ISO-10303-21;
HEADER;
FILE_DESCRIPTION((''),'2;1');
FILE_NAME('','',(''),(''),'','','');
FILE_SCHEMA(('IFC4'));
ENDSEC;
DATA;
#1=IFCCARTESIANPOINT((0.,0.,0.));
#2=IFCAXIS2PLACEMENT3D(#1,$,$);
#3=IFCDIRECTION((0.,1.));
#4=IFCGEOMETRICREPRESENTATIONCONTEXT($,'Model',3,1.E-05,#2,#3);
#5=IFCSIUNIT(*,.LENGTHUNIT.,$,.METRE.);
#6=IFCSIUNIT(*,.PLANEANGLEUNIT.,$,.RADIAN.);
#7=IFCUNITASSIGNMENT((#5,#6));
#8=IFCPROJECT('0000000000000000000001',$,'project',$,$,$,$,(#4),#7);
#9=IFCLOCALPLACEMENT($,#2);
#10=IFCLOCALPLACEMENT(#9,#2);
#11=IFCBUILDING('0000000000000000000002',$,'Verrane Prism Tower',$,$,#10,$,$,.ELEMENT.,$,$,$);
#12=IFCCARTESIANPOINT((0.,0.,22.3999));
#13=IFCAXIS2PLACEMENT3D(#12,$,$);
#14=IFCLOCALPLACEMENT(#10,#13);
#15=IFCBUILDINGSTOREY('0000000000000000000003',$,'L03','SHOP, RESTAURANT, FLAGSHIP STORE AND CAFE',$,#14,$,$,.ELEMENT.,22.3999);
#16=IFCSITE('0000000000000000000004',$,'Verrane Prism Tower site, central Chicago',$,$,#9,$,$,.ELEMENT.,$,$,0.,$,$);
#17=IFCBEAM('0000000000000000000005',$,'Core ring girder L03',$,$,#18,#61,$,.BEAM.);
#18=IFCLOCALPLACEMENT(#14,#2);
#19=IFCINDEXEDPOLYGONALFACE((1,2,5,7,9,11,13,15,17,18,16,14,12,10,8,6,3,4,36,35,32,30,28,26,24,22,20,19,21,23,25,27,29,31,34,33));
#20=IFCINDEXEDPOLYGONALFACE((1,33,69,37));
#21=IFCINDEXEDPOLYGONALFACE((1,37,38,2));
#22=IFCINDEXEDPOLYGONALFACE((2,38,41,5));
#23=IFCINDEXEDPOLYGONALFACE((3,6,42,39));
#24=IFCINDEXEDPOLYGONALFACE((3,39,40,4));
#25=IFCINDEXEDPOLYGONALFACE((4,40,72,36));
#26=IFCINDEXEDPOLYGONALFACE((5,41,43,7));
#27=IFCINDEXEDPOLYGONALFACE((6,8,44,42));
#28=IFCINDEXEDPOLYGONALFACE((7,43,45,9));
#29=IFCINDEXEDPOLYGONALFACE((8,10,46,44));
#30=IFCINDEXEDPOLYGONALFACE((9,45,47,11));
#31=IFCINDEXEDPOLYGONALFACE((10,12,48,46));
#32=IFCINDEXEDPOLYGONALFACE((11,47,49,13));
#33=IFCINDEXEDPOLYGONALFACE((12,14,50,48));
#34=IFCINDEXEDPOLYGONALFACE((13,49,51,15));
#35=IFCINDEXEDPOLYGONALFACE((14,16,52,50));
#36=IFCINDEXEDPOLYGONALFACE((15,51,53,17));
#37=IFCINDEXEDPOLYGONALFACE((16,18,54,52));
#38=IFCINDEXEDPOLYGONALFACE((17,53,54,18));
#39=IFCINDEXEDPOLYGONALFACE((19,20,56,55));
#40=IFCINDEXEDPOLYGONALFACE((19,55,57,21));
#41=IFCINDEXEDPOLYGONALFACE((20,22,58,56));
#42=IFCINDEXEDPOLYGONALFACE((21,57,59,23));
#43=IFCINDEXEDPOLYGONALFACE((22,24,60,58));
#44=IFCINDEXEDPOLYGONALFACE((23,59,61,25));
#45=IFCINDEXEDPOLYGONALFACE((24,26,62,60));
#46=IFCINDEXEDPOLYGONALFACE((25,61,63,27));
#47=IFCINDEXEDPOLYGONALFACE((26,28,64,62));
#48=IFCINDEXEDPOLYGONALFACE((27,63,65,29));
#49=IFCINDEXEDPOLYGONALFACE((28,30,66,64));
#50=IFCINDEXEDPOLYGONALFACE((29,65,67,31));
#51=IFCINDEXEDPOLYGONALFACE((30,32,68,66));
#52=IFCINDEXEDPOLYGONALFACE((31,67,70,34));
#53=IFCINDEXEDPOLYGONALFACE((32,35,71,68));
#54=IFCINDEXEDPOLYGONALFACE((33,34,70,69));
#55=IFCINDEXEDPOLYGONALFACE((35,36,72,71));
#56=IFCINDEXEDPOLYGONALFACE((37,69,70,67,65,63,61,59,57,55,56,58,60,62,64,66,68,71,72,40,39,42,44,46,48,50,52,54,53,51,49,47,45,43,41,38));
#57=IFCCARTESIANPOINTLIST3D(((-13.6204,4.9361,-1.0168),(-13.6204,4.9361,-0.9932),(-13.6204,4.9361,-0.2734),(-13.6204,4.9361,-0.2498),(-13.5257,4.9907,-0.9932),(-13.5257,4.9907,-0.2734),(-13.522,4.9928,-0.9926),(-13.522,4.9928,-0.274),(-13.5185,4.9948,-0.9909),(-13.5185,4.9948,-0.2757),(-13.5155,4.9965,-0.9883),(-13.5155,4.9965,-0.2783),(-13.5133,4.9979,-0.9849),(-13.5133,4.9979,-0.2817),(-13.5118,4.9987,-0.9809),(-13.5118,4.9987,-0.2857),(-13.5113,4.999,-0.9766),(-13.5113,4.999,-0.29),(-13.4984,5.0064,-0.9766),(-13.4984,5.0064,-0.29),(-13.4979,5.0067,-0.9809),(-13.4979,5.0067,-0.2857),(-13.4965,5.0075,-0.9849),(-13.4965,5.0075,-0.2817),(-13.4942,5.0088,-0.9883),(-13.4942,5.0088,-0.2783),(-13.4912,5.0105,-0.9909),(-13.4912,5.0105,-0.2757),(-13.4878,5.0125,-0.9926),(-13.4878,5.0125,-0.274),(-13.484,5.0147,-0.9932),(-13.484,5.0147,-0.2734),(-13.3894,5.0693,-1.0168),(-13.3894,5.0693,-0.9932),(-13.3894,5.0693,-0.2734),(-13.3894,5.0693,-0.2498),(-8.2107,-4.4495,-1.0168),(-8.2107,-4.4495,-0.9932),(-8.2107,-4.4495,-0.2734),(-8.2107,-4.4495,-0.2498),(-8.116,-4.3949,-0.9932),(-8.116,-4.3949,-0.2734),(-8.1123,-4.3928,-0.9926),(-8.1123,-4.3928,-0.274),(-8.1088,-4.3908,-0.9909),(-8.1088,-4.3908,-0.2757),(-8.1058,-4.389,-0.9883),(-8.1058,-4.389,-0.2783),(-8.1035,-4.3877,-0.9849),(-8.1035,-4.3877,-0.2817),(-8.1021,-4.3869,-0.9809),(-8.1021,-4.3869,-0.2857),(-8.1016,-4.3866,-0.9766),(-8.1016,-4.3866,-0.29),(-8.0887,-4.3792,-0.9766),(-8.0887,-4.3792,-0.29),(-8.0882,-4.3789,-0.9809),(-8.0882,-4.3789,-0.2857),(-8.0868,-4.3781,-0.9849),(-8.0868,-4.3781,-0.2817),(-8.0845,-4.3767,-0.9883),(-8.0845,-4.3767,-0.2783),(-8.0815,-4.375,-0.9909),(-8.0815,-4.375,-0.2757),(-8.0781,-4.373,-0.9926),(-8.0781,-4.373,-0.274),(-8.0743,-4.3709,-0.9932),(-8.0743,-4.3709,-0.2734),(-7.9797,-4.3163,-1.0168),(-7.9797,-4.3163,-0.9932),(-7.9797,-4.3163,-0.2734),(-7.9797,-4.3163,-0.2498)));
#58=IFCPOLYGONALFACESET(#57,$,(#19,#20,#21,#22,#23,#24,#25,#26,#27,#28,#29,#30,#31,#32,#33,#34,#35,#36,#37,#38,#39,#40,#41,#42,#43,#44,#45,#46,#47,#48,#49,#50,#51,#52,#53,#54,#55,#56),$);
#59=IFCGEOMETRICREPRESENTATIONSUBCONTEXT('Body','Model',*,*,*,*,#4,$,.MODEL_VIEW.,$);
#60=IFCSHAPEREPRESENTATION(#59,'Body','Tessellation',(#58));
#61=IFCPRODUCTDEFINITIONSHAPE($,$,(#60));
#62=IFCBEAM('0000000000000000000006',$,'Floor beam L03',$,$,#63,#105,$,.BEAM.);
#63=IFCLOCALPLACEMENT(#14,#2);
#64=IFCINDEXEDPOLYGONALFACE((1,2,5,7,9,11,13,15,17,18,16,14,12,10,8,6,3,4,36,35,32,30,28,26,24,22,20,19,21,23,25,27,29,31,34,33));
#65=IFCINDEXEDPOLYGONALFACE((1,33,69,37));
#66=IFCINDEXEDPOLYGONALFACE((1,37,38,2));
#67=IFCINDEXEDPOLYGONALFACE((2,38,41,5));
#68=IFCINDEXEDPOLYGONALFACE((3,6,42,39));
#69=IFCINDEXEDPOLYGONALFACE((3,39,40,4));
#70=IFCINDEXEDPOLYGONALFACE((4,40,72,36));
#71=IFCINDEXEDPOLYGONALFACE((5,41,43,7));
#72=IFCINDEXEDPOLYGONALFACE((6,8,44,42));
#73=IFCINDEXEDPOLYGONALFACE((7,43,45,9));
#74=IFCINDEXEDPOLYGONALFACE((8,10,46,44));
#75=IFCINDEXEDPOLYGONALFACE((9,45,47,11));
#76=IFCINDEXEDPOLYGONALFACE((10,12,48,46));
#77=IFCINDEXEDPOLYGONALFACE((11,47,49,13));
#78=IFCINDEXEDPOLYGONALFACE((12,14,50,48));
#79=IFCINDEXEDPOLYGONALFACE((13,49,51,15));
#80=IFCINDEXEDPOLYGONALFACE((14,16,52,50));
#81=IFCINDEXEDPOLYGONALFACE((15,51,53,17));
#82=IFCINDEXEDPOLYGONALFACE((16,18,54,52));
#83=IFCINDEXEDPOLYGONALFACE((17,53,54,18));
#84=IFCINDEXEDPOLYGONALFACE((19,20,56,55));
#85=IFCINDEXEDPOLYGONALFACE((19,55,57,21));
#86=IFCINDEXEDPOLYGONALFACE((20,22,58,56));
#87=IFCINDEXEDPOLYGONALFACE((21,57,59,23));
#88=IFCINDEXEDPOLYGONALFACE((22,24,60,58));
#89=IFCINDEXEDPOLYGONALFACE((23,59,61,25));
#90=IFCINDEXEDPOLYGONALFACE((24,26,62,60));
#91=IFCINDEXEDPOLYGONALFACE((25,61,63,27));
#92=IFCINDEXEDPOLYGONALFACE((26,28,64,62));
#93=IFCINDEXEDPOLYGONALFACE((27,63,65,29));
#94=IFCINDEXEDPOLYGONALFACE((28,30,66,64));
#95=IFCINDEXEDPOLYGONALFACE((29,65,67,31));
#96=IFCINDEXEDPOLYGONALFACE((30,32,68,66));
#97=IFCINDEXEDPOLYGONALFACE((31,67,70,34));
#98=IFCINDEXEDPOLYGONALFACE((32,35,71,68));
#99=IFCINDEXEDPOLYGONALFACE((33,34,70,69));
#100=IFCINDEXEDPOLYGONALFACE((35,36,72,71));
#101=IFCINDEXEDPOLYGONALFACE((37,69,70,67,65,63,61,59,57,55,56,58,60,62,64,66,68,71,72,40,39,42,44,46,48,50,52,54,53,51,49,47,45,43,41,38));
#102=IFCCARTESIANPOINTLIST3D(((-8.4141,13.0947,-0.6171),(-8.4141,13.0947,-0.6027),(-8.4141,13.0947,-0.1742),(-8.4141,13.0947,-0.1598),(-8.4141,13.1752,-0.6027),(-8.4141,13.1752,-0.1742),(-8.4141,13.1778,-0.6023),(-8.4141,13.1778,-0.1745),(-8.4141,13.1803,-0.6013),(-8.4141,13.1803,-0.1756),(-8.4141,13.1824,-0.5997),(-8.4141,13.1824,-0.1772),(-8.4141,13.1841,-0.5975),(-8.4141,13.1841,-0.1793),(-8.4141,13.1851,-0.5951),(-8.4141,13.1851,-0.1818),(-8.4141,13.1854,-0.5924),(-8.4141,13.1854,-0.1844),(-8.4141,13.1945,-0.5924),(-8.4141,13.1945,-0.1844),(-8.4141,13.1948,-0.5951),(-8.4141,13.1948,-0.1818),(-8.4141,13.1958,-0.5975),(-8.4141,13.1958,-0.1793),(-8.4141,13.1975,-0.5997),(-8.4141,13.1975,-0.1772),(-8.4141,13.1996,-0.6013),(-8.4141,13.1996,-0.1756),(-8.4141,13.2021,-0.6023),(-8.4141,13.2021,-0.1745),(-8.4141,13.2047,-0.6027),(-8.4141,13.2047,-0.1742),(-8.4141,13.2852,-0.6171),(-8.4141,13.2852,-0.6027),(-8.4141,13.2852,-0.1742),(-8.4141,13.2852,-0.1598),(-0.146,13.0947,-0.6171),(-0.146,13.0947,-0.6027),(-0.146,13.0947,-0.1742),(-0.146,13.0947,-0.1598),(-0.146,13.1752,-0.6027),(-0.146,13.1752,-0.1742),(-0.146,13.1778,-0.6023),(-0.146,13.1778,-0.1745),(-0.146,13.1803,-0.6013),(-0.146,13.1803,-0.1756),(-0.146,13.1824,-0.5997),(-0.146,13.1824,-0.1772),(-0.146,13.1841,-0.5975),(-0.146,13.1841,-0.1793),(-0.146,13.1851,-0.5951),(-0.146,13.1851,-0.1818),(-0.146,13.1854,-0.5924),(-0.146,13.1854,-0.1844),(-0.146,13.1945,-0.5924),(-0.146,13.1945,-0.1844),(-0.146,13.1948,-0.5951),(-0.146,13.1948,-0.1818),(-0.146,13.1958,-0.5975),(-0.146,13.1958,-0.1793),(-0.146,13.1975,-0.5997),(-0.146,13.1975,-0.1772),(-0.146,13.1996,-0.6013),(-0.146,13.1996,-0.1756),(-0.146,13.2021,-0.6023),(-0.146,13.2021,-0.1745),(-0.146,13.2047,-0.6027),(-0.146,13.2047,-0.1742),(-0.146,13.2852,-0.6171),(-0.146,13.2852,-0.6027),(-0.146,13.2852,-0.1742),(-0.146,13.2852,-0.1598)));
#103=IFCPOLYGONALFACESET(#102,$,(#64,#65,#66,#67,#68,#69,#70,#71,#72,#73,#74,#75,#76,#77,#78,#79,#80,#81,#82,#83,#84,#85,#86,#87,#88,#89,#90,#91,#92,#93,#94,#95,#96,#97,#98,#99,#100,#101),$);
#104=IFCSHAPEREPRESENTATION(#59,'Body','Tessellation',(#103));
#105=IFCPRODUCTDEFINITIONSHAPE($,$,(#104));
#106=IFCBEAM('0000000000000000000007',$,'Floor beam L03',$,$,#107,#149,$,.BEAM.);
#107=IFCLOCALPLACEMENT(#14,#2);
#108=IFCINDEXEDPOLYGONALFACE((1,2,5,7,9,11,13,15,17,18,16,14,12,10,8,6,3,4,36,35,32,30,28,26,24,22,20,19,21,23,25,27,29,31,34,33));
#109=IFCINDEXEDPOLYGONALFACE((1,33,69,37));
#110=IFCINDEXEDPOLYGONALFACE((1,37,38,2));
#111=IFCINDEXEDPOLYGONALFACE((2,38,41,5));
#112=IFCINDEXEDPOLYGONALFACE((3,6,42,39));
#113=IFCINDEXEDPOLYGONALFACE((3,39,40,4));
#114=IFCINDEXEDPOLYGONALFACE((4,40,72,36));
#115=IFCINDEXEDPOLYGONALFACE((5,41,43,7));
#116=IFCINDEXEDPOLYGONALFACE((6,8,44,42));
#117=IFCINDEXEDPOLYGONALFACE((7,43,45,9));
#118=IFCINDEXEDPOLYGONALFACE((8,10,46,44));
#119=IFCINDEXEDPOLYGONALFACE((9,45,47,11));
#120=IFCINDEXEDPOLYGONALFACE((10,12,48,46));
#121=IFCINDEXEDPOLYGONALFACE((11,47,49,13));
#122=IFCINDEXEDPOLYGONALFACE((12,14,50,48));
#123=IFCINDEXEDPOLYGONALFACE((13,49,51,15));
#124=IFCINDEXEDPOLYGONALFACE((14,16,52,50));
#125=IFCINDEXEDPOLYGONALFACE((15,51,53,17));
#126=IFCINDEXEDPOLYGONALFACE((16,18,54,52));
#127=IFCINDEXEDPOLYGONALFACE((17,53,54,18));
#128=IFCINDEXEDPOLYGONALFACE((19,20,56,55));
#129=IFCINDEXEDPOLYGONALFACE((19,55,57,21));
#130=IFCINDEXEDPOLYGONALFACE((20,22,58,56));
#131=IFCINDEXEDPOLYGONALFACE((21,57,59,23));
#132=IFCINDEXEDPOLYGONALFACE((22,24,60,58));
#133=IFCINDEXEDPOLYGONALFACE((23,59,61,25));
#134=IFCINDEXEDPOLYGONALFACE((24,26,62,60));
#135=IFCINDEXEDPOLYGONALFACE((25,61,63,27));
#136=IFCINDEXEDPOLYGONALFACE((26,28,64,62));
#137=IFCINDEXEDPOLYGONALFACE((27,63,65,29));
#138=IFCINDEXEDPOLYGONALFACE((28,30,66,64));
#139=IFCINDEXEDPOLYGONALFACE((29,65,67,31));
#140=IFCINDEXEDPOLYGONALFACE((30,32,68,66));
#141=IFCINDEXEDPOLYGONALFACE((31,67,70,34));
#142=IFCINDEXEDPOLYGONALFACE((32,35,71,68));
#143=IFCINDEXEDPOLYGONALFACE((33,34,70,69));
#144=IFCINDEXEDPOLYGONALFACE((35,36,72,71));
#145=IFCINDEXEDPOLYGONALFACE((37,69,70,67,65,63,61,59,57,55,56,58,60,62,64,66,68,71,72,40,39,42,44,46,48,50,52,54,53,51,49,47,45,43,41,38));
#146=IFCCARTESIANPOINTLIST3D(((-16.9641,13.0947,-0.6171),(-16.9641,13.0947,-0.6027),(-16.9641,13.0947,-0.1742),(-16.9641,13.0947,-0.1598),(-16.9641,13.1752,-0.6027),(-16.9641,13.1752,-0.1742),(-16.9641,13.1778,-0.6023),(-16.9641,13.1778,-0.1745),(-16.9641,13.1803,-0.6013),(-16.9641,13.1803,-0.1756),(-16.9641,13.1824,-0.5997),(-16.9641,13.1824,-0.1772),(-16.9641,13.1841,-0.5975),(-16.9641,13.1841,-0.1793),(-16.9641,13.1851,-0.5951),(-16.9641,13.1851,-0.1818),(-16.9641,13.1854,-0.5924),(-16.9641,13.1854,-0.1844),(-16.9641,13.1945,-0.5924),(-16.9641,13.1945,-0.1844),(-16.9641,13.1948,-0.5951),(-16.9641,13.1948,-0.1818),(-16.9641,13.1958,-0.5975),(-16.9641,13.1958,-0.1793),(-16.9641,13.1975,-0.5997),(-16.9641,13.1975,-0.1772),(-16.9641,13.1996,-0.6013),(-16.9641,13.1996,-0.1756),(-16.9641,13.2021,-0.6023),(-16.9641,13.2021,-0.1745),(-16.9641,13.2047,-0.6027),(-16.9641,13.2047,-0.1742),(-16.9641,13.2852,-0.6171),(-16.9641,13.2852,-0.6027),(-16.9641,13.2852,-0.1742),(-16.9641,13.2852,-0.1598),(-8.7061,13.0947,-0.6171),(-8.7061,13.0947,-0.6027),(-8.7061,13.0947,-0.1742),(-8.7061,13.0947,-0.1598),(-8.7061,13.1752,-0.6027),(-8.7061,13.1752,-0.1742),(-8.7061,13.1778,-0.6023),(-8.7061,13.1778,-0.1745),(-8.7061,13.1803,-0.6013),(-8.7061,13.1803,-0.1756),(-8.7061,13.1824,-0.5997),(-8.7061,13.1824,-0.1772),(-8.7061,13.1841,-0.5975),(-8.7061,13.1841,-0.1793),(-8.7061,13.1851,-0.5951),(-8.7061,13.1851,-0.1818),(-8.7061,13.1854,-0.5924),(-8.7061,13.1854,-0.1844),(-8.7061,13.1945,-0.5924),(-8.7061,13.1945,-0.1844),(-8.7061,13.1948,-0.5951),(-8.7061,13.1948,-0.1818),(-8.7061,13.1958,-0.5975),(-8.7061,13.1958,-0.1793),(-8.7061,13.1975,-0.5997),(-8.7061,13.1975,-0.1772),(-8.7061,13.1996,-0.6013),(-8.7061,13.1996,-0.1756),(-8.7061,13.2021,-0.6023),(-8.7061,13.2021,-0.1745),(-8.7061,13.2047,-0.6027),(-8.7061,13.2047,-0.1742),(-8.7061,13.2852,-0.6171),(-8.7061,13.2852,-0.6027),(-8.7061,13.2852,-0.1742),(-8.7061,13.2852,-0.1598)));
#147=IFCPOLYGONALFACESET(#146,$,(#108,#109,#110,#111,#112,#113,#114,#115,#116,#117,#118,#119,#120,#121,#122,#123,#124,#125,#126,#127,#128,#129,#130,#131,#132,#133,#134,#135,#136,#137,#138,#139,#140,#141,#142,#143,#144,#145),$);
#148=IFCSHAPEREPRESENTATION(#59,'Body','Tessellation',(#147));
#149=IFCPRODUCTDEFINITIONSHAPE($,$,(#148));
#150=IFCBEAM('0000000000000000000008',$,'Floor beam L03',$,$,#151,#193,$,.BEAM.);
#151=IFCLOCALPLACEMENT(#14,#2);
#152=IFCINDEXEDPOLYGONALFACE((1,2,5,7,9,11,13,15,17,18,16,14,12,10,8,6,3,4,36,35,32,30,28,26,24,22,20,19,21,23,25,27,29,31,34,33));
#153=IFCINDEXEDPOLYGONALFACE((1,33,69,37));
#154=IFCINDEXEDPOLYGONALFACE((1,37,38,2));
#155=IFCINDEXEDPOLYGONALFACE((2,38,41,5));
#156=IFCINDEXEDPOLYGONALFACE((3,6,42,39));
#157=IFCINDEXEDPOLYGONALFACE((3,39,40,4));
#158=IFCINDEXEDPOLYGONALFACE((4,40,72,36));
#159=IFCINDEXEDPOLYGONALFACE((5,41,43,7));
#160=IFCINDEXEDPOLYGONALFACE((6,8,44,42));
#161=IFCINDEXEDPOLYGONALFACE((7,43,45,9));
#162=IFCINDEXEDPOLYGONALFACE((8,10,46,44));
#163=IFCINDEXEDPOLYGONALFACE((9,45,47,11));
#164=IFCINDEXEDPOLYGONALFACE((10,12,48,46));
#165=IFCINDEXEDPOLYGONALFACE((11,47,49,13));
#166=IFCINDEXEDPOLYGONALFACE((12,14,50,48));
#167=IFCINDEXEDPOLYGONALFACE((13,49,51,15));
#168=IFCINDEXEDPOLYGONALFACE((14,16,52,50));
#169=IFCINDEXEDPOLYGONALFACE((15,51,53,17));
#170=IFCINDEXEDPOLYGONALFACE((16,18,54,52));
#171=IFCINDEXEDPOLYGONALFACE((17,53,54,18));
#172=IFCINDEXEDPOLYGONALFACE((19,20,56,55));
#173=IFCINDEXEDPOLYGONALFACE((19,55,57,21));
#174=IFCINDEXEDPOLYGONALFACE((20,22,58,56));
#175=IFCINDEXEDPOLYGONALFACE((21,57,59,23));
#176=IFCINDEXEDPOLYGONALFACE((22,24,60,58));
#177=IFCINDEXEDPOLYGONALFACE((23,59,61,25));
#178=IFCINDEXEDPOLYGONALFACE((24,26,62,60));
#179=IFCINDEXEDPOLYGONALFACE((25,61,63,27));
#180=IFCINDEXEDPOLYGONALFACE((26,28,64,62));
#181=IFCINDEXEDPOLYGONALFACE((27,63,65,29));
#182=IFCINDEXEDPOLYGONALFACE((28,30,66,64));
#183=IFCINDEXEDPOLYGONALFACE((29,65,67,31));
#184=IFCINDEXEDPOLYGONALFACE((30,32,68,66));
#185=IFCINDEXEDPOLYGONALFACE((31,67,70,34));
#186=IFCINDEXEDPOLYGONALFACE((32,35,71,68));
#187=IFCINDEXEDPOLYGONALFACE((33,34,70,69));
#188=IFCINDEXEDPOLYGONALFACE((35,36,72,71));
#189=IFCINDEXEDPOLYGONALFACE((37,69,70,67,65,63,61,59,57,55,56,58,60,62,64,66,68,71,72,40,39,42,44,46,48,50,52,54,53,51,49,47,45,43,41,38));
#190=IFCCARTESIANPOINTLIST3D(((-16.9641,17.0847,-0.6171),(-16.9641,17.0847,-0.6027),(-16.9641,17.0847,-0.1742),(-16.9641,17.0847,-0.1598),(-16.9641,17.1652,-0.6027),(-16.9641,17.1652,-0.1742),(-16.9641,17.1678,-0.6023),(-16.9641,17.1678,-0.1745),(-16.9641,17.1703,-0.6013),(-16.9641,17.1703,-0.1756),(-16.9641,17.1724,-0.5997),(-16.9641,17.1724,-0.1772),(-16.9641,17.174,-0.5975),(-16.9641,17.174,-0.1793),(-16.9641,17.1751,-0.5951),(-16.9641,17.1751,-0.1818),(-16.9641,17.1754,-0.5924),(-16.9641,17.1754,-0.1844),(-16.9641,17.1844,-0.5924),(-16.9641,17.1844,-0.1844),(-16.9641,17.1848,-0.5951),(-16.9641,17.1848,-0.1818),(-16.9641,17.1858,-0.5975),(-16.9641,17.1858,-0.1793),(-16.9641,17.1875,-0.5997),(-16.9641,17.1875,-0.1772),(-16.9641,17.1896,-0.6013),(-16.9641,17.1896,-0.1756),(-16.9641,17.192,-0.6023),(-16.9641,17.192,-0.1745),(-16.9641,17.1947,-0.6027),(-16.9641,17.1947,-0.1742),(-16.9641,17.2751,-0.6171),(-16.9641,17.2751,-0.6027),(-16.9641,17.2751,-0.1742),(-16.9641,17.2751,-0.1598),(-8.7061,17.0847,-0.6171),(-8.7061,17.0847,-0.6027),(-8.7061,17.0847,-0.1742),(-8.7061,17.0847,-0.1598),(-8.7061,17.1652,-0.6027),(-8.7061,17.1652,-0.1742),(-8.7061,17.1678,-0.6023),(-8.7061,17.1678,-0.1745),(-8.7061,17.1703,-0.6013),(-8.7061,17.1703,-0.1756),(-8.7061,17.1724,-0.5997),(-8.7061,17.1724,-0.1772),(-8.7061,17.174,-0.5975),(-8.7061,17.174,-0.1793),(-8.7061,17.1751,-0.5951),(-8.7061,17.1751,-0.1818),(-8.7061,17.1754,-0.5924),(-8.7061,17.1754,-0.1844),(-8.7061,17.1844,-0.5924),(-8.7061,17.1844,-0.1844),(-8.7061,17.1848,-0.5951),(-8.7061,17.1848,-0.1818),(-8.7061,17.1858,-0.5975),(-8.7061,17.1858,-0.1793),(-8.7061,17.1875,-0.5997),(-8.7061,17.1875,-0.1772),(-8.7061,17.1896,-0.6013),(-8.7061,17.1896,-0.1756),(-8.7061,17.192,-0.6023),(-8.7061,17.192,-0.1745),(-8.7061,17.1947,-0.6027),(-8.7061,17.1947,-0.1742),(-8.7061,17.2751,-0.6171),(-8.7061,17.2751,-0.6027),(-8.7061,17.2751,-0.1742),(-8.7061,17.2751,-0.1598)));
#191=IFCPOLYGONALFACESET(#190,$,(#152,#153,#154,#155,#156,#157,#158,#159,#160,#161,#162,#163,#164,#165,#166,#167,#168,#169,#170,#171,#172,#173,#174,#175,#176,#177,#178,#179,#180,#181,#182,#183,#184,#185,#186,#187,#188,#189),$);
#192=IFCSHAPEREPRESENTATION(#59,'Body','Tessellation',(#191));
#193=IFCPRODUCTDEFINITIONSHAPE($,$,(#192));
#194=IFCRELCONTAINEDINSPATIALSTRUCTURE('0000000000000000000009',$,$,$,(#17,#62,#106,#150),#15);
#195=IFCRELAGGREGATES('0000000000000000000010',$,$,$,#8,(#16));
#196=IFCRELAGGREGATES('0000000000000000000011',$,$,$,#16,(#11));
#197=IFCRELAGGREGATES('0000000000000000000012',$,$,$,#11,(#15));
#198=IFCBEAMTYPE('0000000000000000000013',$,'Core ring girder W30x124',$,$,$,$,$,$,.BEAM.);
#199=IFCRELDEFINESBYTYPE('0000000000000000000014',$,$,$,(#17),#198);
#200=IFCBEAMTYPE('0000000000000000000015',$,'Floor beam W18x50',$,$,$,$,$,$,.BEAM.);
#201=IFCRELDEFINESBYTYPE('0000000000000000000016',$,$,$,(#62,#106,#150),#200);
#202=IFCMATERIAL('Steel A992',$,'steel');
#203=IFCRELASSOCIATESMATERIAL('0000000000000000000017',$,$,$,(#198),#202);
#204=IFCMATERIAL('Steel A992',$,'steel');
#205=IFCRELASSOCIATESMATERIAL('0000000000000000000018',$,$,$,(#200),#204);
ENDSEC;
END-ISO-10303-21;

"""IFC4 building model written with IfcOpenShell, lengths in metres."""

from ifc_helpers import new_model, si_unit, direction, frame, origin, origin_2d, place, context, subcontext, project, spatial, i_section, extrude, material, material_profile, profile_set, type_object, element, save


model = new_model("IFC4")

# Units and contexts
model_context = context("Model", 3, precision=1e-05, world=origin(), true_north=direction((0.0, 1.0)))
body_context = subcontext(model_context, "Body", "Model", "MODEL_VIEW")
ifc_project = project(units=[si_unit("LENGTHUNIT", "METRE"), si_unit("PLANEANGLEUNIT", "RADIAN")], contexts=[model_context])

# Site, building, storey
site_placement = place(None, origin())
site = spatial("IfcSite", under=ifc_project, at=site_placement, Name="Verrane Prism Tower site, central Chicago", CompositionType="ELEMENT", RefElevation=0.0)
building_placement = place(site_placement, origin())
building = spatial("IfcBuilding", under=site, at=building_placement, Name="Verrane Prism Tower", CompositionType="ELEMENT")
storey_placement = place(building_placement, frame((0.0, 0.0, 22.3999)))
storey = spatial("IfcBuildingStorey", under=building, at=storey_placement, Name="L03", Description="SHOP, RESTAURANT, FLAGSHIP STORE AND CAFE", CompositionType="ELEMENT", Elevation=22.3999)

# Beams
ifc_material_1 = material(Name="Steel A992", Category="steel")
ifc_material_profile_1 = material_profile(ifc_material_1, i_section(OverallWidth=0.2666, OverallDepth=0.7671, WebThickness=0.0149, FlangeThickness=0.0237, FilletRadius=0.0166, at=origin_2d()), Name="W30x124")
ifc_profile_set_1 = profile_set([ifc_material_profile_1], Name="Steel A992")
beam_type_1 = type_object("IfcBeamType", Name="Core ring girder W30x124", PredefinedType="BEAM", material=ifc_profile_set_1)
beam_1_placement = place(storey_placement, frame((-13.5049, 5.0027, -0.6333), z_axis=(0.499373, -0.866387, 0.0), x_axis=(0.866387, 0.499373, 0.0)))
element("IfcBeam", 1, at=beam_1_placement, inside=storey, type_object=beam_type_1, Name="Core ring girder L03", PredefinedType="BEAM", context=body_context, shape_type="SweptSolid", body=[
    extrude(i_section(OverallWidth=0.2666, OverallDepth=0.7671, WebThickness=0.0149, FlangeThickness=0.0237, FilletRadius=0.0166, at=origin_2d()), origin(), (0.0, 0.0, 1.0), 10.833),
])
ifc_material_2 = material(Name="Steel A992", Category="steel")
ifc_material_profile_2 = material_profile(ifc_material_2, i_section(OverallWidth=0.1904, OverallDepth=0.4573, WebThickness=0.009, FlangeThickness=0.0144, FilletRadius=0.0103, at=origin_2d()), Name="W18x50")
ifc_profile_set_2 = profile_set([ifc_material_profile_2], Name="Steel A992")
beam_type_2 = type_object("IfcBeamType", Name="Floor beam W18x50", PredefinedType="BEAM", material=ifc_profile_set_2)
beam_2_placement = place(storey_placement, frame((-8.4141, 13.1899, -0.3884), z_axis=(1.0, 0.0, 0.0), x_axis=(0.0, 1.0, 0.0)))
element("IfcBeam", 2, at=beam_2_placement, inside=storey, type_object=beam_type_2, Name="Floor beam L03", PredefinedType="BEAM", context=body_context, shape_type="SweptSolid", body=[
    extrude(i_section(OverallWidth=0.1904, OverallDepth=0.4573, WebThickness=0.009, FlangeThickness=0.0144, FilletRadius=0.0103, at=origin_2d()), origin(), (0.0, 0.0, 1.0), 8.2681),
])
for number, where, z_axis, x_axis, name in (
    (3, (-16.9641, 13.1899, -0.3884), (1.0, 0.0, 0.0), (0.0, 1.0, 0.0), "Floor beam L03"),
    (4, (-16.9641, 17.1799, -0.3884), (1.0, 0.0, 0.0), (0.0, 1.0, 0.0), "Floor beam L03"),
):
    element("IfcBeam", number, at=place(storey_placement, frame(where, z_axis=z_axis, x_axis=x_axis)), inside=storey, type_object=beam_type_2, Name=name, PredefinedType="BEAM", context=body_context, shape_type="SweptSolid", body=[
        extrude(i_section(OverallWidth=0.1904, OverallDepth=0.4573, WebThickness=0.009, FlangeThickness=0.0144, FilletRadius=0.0103, at=origin_2d()), origin(), (0.0, 0.0, 1.0), 8.2581),
    ])

save(model, "model.ifc")
